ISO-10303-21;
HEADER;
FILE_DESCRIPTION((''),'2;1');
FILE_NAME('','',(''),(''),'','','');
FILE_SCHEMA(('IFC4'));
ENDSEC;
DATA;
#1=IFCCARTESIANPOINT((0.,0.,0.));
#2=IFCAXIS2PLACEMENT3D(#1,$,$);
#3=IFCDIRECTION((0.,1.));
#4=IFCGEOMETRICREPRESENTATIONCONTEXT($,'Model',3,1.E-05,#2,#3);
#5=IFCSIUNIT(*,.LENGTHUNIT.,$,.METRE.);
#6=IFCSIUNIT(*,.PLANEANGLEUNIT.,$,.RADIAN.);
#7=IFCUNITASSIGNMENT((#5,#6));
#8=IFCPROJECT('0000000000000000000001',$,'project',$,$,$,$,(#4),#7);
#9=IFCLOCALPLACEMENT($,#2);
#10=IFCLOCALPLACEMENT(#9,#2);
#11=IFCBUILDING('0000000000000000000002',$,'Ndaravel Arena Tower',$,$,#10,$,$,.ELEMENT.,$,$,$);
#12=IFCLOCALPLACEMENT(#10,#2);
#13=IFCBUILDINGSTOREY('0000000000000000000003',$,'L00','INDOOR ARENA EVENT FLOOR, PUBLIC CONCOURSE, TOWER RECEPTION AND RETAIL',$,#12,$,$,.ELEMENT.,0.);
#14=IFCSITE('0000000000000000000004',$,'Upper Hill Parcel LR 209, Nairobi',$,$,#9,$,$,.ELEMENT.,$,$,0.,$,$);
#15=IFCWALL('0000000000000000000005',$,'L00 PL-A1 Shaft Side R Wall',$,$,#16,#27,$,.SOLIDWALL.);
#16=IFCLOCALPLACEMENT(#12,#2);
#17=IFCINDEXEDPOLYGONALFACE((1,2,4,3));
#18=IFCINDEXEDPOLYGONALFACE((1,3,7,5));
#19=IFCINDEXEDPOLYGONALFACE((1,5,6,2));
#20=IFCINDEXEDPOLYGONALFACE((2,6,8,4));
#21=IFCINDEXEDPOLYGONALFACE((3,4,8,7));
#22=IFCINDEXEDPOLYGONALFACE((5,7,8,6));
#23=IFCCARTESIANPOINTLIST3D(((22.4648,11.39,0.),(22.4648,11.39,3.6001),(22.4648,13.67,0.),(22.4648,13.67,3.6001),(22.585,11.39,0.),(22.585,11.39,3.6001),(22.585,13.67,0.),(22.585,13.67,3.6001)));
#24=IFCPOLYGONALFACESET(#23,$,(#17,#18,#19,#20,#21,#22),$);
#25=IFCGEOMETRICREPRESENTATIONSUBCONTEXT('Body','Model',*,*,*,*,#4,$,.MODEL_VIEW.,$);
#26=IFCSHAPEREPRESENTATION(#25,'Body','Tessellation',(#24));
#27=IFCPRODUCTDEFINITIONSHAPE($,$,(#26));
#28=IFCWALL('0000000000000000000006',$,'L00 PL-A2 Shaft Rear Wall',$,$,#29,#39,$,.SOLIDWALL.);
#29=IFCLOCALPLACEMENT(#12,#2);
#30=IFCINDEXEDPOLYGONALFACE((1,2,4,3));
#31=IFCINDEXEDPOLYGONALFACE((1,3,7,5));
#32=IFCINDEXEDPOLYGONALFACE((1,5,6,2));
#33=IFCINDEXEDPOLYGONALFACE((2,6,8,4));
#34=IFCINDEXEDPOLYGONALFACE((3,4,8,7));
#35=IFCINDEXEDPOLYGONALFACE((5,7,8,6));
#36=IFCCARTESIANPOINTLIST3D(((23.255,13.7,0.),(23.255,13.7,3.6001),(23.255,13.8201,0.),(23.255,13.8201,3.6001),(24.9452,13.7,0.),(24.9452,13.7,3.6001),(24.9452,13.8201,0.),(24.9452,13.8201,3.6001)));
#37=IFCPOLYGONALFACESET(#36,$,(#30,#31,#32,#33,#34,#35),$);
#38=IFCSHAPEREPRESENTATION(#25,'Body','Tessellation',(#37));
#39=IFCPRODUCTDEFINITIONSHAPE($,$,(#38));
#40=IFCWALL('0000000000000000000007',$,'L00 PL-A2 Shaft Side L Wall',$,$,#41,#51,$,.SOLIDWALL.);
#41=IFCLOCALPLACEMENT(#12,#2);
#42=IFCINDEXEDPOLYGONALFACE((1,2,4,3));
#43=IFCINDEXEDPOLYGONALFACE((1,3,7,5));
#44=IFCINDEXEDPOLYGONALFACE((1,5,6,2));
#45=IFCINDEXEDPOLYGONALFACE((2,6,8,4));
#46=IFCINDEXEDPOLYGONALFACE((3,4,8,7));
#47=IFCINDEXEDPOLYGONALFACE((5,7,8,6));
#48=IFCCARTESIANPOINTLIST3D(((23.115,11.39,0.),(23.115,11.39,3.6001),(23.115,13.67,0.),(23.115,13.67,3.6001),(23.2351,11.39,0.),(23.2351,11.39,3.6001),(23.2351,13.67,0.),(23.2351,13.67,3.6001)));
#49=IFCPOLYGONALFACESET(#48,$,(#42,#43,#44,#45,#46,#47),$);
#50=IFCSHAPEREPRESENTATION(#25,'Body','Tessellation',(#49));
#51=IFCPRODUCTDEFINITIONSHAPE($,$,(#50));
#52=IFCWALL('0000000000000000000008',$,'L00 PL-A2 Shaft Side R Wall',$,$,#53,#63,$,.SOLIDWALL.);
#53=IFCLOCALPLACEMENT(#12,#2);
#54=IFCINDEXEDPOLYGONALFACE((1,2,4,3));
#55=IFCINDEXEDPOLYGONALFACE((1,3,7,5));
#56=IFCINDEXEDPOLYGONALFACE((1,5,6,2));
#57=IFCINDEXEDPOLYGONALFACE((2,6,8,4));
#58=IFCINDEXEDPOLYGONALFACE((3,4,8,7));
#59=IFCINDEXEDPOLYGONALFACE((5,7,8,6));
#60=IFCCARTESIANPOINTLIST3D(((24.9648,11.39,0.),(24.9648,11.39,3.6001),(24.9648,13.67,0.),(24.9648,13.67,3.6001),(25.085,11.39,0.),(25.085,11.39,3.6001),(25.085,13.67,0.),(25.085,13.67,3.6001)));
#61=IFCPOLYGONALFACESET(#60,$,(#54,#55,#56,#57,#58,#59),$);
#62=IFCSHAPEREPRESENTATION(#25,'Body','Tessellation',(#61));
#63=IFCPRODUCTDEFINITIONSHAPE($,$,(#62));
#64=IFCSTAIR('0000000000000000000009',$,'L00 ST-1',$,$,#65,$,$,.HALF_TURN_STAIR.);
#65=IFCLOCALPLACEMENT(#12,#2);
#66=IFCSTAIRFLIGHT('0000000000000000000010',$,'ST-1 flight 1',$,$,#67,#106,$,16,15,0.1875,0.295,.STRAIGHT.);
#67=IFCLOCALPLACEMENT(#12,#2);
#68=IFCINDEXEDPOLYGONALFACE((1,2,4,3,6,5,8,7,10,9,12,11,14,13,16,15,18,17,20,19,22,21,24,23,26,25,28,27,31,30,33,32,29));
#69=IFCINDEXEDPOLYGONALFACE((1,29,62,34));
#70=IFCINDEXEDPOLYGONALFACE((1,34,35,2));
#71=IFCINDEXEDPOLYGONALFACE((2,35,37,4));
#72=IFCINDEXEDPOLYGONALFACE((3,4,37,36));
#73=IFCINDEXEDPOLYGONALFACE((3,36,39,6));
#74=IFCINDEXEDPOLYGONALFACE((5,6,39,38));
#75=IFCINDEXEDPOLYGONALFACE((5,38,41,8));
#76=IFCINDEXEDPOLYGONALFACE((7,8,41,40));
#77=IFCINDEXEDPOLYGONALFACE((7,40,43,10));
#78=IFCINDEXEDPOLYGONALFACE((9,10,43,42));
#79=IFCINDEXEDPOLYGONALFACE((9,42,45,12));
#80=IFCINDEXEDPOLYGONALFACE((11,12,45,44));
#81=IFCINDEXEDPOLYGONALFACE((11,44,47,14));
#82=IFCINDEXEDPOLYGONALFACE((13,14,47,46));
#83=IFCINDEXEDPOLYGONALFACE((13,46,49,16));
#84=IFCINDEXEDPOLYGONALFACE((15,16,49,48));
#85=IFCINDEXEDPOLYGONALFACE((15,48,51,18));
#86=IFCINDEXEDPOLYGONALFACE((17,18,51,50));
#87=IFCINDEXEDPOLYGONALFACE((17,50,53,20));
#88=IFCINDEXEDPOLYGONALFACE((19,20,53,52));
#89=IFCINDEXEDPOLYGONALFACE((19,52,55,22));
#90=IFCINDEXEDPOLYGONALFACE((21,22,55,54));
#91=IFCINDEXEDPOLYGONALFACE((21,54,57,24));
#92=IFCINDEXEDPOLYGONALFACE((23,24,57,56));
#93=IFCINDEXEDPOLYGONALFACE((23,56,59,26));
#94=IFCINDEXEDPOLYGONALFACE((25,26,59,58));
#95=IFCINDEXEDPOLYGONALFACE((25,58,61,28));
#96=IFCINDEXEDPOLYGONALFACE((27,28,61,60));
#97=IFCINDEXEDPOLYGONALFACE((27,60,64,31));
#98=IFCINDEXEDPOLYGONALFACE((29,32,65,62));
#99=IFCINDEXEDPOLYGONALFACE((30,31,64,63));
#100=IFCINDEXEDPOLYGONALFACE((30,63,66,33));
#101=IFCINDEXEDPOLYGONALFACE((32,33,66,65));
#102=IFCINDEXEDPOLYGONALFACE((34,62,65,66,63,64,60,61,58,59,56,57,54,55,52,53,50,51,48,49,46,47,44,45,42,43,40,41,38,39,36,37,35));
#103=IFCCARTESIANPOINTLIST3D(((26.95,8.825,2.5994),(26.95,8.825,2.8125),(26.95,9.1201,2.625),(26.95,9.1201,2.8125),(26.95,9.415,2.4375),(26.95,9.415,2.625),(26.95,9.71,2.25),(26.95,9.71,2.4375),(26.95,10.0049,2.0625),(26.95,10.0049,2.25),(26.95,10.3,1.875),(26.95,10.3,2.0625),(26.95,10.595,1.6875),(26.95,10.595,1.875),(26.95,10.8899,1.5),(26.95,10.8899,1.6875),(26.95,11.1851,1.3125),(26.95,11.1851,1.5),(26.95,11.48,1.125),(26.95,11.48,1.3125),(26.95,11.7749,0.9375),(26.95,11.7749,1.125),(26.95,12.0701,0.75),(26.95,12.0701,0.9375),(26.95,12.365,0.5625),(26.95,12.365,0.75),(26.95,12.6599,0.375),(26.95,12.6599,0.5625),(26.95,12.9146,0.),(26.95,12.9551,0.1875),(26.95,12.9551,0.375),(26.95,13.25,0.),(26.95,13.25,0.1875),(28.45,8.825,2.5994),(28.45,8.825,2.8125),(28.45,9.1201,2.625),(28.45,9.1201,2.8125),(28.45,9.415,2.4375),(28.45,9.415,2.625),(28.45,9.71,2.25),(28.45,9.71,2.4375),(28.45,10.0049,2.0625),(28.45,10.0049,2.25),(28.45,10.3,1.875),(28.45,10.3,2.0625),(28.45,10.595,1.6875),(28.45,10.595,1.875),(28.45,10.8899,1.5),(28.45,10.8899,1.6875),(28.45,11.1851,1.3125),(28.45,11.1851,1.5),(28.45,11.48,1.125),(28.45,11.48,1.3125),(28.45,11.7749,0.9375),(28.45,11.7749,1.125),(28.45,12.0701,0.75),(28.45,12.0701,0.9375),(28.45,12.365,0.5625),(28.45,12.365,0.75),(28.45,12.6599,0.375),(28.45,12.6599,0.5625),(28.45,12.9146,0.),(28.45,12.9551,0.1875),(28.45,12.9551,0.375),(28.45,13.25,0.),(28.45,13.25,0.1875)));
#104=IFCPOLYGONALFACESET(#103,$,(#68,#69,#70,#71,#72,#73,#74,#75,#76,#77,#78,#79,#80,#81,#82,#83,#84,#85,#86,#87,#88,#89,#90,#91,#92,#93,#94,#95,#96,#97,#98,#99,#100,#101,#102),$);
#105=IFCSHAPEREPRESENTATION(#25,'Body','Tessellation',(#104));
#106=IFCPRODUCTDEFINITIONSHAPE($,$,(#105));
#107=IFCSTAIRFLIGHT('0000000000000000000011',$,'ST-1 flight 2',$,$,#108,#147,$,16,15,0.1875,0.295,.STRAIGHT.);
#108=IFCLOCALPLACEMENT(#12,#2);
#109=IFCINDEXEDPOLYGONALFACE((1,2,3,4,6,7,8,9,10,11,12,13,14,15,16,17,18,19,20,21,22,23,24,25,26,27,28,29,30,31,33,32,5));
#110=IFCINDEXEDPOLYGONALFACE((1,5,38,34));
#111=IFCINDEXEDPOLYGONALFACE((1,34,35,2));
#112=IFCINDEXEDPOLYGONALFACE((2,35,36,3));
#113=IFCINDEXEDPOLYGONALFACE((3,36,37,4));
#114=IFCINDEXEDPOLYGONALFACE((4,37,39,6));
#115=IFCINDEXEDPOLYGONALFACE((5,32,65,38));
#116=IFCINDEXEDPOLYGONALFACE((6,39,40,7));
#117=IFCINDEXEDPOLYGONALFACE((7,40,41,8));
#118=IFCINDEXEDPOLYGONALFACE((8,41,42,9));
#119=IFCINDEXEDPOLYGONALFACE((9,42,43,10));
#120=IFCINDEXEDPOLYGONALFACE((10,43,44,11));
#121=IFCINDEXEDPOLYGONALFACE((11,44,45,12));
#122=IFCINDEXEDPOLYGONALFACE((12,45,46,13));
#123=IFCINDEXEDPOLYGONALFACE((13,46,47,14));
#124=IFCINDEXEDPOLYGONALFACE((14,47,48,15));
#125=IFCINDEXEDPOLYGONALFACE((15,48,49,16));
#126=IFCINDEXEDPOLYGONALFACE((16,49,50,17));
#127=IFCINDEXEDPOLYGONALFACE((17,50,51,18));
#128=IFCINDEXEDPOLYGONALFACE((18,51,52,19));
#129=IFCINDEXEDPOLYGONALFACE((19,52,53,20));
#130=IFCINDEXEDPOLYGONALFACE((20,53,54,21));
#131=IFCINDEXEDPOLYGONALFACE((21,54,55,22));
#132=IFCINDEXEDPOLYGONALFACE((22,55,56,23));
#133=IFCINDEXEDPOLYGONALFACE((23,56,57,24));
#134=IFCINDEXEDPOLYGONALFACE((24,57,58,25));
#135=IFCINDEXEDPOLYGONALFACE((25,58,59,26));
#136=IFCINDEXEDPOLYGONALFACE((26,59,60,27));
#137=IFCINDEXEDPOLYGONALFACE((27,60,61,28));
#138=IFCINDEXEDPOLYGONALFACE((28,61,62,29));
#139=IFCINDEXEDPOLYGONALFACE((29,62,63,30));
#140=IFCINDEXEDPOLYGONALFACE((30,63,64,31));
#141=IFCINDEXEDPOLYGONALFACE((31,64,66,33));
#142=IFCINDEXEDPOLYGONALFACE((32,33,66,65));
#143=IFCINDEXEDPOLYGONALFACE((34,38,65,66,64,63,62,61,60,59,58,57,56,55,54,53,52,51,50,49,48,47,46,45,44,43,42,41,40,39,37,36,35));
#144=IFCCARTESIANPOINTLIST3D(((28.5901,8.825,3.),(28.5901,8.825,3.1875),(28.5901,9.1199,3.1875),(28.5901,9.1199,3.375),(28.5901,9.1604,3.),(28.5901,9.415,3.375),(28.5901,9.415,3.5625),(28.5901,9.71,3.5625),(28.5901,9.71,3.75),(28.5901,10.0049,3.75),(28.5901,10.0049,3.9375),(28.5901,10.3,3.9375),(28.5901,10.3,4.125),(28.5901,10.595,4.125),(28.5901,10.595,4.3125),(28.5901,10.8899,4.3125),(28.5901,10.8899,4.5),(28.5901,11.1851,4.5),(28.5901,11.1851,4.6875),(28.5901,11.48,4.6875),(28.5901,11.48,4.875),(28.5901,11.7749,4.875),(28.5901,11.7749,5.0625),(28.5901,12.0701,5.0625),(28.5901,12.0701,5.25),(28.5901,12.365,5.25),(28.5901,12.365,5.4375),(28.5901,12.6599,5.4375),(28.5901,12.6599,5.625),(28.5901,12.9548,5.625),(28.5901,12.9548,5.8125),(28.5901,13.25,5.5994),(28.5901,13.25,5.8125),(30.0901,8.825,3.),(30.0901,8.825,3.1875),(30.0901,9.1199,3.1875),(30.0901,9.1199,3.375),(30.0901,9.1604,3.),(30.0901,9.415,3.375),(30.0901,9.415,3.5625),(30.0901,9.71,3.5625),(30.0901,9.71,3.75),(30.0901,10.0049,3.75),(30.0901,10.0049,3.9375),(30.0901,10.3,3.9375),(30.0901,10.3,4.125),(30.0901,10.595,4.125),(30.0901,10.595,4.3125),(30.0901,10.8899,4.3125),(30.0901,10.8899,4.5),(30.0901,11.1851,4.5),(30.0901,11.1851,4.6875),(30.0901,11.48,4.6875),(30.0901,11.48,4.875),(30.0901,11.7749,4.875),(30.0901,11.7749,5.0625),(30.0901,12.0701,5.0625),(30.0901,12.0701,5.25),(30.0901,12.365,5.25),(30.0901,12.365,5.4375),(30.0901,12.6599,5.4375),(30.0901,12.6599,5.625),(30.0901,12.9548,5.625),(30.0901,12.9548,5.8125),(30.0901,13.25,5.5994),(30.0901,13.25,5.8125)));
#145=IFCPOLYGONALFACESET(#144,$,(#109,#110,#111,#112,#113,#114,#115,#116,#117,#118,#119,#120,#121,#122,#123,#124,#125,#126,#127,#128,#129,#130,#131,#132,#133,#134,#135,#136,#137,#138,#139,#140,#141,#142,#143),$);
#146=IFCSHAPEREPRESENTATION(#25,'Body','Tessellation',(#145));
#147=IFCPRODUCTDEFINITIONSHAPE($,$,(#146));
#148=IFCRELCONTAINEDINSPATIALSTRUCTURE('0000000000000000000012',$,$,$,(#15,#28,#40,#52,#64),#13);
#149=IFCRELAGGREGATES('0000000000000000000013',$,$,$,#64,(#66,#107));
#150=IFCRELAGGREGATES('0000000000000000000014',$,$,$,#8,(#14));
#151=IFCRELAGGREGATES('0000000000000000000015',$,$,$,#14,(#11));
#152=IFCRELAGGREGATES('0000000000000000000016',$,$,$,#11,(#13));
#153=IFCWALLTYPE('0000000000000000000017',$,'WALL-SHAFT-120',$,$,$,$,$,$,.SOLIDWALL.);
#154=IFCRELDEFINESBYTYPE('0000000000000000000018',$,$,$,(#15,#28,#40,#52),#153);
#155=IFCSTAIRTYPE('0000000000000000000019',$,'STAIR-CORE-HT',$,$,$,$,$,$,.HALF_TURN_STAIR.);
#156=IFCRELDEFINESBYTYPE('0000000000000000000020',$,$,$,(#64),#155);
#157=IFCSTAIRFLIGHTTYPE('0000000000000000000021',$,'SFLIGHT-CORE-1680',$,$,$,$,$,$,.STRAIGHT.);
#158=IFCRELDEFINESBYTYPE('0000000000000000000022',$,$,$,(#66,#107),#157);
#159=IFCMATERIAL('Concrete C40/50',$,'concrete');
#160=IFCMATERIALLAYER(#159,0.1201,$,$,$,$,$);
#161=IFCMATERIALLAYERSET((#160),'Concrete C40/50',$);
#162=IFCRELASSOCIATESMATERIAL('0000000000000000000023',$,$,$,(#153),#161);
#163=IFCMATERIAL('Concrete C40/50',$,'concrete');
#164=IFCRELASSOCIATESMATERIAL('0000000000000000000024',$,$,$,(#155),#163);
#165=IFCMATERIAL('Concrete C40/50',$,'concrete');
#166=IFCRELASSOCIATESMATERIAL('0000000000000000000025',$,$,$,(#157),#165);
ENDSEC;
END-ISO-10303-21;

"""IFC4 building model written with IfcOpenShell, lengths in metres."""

from ifc_helpers import new_model, si_unit, direction, frame, frame_2d, origin, place, context, subcontext, project, spatial, polyline, rectangle, outline, extrude, material, layer, layer_set, type_object, element, aggregate, save


model = new_model("IFC4")

# Units and contexts
model_context = context("Model", 3, precision=1e-05, world=origin(), true_north=direction((0.0, 1.0)))
body_context = subcontext(model_context, "Body", "Model", "MODEL_VIEW")
ifc_project = project(units=[si_unit("LENGTHUNIT", "METRE"), si_unit("PLANEANGLEUNIT", "RADIAN")], contexts=[model_context])

# Site, building, storey
site_placement = place(None, origin())
site = spatial("IfcSite", under=ifc_project, at=site_placement, Name="Upper Hill Parcel LR 209, Nairobi", CompositionType="ELEMENT", RefElevation=0.0)
building_placement = place(site_placement, origin())
building = spatial("IfcBuilding", under=site, at=building_placement, Name="Ndaravel Arena Tower", CompositionType="ELEMENT")
storey_placement = place(building_placement, origin())
storey = spatial("IfcBuildingStorey", under=building, at=storey_placement, Name="L00", Description="INDOOR ARENA EVENT FLOOR, PUBLIC CONCOURSE, TOWER RECEPTION AND RETAIL", CompositionType="ELEMENT", Elevation=0.0)

# Walls
ifc_material_1 = material(Name="Concrete C40/50", Category="concrete")
ifc_layer_1 = layer(ifc_material_1, 0.1201)
ifc_layer_set_1 = layer_set([ifc_layer_1], Name="Concrete C40/50")
wall_type_1 = type_object("IfcWallType", Name="WALL-SHAFT-120", PredefinedType="SOLIDWALL", material=ifc_layer_set_1)
wall_1_placement = place(storey_placement, frame((22.5249, 11.3899, 0.0), z_axis=(0.0, 0.0, 1.0), x_axis=(0.0, 1.0, 0.0)))
element("IfcWall", 1, at=wall_1_placement, inside=storey, type_object=wall_type_1, Name="L00 PL-A1 Shaft Side R Wall", PredefinedType="SOLIDWALL", context=body_context, shape_type="SweptSolid", body=[
    extrude(rectangle(XDim=2.28, YDim=0.1201, at=frame_2d((1.1401, 0.0))), origin(), (0.0, 0.0, 1.0), 3.6001),
])
wall_2_placement = place(storey_placement, frame((23.2549, 13.76, 0.0), z_axis=(0.0, 0.0, 1.0), x_axis=(1.0, 0.0, 0.0)))
element("IfcWall", 2, at=wall_2_placement, inside=storey, type_object=wall_type_1, Name="L00 PL-A2 Shaft Rear Wall", PredefinedType="SOLIDWALL", context=body_context, shape_type="SweptSolid", body=[
    extrude(rectangle(XDim=1.6902, YDim=0.1201, at=frame_2d((0.8452, 0.0))), origin(), (0.0, 0.0, 1.0), 3.6001),
])
for number, where, z_axis, x_axis, name in (
    (3, (23.175, 11.3899, 0.0), (0.0, 0.0, 1.0), (0.0, 1.0, 0.0), "L00 PL-A2 Shaft Side L Wall"),
    (4, (25.0249, 11.3899, 0.0), (0.0, 0.0, 1.0), (0.0, 1.0, 0.0), "L00 PL-A2 Shaft Side R Wall"),
):
    element("IfcWall", number, at=place(storey_placement, frame(where, z_axis=z_axis, x_axis=x_axis)), inside=storey, type_object=wall_type_1, Name=name, PredefinedType="SOLIDWALL", context=body_context, shape_type="SweptSolid", body=[
        extrude(rectangle(XDim=2.28, YDim=0.1201, at=frame_2d((1.1401, 0.0))), origin(), (0.0, 0.0, 1.0), 3.6001),
    ])

# Stair, stair flights
ifc_material_2 = material(Name="Concrete C40/50", Category="concrete")
stair_type = type_object("IfcStairType", Name="STAIR-CORE-HT", PredefinedType="HALF_TURN_STAIR", material=ifc_material_2)
stair_placement = place(storey_placement, origin())
stair = element("IfcStair", 5, at=stair_placement, inside=storey, type_object=stair_type, Name="L00 ST-1", PredefinedType="HALF_TURN_STAIR")
ifc_material_3 = material(Name="Concrete C40/50", Category="concrete")
stair_flight_type = type_object("IfcStairFlightType", Name="SFLIGHT-CORE-1680", PredefinedType="STRAIGHT", material=ifc_material_3)
stair_flight_1_placement = place(storey_placement, frame((27.7, 13.25, 0.0), z_axis=(0.0, 0.0, 1.0), x_axis=(0.0, -1.0, 0.0)))
stair_flight_1 = element("IfcStairFlight", 6, at=stair_flight_1_placement, type_object=stair_flight_type, Name="ST-1 flight 1", NumberOfRisers=16, NumberOfTreads=15, PredefinedType="STRAIGHT", RiserHeight=0.1875, TreadLength=0.295, context=body_context, shape_type="SweptSolid", body=[
    extrude(outline(polyline([(0.0, 0.0), (0.0, 0.1875), (0.2949, 0.1875), (0.2949, 0.375), (0.5901, 0.375), (0.5901, 0.5625), (0.885, 0.5625), (0.885, 0.75), (1.1799, 0.75), (1.1799, 0.9375), (1.4751, 0.9375), (1.4751, 1.125), (1.77, 1.125), (1.77, 1.3125), (2.0649, 1.3125), (2.0649, 1.5), (2.3601, 1.5), (2.3601, 1.6875), (2.655, 1.6875), (2.655, 1.875), (2.95, 1.875), (2.95, 2.0625), (3.2451, 2.0625), (3.2451, 2.25), (3.54, 2.25), (3.54, 2.4375), (3.835, 2.4375), (3.835, 2.625), (4.1299, 2.625), (4.1299, 2.8125), (4.425, 2.8125), (4.425, 3.0), (4.425, 2.5994), (0.3354, 0.0), (0.0, 0.0)])), frame((0.0, 0.75, 0.0), z_axis=(0.0, -1.0, 0.0), x_axis=(1.0, 0.0, 0.0)), (0.0, 0.0, 1.0), 1.5),
])
stair_flight_2_placement = place(storey_placement, frame((29.3401, 8.825, 3.0), z_axis=(0.0, 0.0, 1.0), x_axis=(0.0, 1.0, 0.0)))
stair_flight_2 = element("IfcStairFlight", 7, at=stair_flight_2_placement, type_object=stair_flight_type, Name="ST-1 flight 2", NumberOfRisers=16, NumberOfTreads=15, PredefinedType="STRAIGHT", RiserHeight=0.1875, TreadLength=0.295, context=body_context, shape_type="SweptSolid", body=[
    extrude(outline(polyline([(0.0, 0.0), (0.0, 0.1875), (0.2949, 0.1875), (0.2949, 0.375), (0.5901, 0.375), (0.5901, 0.5625), (0.885, 0.5625), (0.885, 0.75), (1.1799, 0.75), (1.1799, 0.9375), (1.4751, 0.9375), (1.4751, 1.125), (1.77, 1.125), (1.77, 1.3125), (2.0649, 1.3125), (2.0649, 1.5), (2.3601, 1.5), (2.3601, 1.6875), (2.655, 1.6875), (2.655, 1.875), (2.95, 1.875), (2.95, 2.0625), (3.2451, 2.0625), (3.2451, 2.25), (3.54, 2.25), (3.54, 2.4375), (3.835, 2.4375), (3.835, 2.625), (4.1299, 2.625), (4.1299, 2.8125), (4.425, 2.8125), (4.425, 3.0), (4.425, 2.5994), (0.3354, 0.0), (0.0, 0.0)])), frame((0.0, 0.75, 0.0), z_axis=(0.0, -1.0, 0.0), x_axis=(1.0, 0.0, 0.0)), (0.0, 0.0, 1.0), 1.5),
])
aggregate(stair, [stair_flight_1, stair_flight_2])

save(model, "model.ifc")
